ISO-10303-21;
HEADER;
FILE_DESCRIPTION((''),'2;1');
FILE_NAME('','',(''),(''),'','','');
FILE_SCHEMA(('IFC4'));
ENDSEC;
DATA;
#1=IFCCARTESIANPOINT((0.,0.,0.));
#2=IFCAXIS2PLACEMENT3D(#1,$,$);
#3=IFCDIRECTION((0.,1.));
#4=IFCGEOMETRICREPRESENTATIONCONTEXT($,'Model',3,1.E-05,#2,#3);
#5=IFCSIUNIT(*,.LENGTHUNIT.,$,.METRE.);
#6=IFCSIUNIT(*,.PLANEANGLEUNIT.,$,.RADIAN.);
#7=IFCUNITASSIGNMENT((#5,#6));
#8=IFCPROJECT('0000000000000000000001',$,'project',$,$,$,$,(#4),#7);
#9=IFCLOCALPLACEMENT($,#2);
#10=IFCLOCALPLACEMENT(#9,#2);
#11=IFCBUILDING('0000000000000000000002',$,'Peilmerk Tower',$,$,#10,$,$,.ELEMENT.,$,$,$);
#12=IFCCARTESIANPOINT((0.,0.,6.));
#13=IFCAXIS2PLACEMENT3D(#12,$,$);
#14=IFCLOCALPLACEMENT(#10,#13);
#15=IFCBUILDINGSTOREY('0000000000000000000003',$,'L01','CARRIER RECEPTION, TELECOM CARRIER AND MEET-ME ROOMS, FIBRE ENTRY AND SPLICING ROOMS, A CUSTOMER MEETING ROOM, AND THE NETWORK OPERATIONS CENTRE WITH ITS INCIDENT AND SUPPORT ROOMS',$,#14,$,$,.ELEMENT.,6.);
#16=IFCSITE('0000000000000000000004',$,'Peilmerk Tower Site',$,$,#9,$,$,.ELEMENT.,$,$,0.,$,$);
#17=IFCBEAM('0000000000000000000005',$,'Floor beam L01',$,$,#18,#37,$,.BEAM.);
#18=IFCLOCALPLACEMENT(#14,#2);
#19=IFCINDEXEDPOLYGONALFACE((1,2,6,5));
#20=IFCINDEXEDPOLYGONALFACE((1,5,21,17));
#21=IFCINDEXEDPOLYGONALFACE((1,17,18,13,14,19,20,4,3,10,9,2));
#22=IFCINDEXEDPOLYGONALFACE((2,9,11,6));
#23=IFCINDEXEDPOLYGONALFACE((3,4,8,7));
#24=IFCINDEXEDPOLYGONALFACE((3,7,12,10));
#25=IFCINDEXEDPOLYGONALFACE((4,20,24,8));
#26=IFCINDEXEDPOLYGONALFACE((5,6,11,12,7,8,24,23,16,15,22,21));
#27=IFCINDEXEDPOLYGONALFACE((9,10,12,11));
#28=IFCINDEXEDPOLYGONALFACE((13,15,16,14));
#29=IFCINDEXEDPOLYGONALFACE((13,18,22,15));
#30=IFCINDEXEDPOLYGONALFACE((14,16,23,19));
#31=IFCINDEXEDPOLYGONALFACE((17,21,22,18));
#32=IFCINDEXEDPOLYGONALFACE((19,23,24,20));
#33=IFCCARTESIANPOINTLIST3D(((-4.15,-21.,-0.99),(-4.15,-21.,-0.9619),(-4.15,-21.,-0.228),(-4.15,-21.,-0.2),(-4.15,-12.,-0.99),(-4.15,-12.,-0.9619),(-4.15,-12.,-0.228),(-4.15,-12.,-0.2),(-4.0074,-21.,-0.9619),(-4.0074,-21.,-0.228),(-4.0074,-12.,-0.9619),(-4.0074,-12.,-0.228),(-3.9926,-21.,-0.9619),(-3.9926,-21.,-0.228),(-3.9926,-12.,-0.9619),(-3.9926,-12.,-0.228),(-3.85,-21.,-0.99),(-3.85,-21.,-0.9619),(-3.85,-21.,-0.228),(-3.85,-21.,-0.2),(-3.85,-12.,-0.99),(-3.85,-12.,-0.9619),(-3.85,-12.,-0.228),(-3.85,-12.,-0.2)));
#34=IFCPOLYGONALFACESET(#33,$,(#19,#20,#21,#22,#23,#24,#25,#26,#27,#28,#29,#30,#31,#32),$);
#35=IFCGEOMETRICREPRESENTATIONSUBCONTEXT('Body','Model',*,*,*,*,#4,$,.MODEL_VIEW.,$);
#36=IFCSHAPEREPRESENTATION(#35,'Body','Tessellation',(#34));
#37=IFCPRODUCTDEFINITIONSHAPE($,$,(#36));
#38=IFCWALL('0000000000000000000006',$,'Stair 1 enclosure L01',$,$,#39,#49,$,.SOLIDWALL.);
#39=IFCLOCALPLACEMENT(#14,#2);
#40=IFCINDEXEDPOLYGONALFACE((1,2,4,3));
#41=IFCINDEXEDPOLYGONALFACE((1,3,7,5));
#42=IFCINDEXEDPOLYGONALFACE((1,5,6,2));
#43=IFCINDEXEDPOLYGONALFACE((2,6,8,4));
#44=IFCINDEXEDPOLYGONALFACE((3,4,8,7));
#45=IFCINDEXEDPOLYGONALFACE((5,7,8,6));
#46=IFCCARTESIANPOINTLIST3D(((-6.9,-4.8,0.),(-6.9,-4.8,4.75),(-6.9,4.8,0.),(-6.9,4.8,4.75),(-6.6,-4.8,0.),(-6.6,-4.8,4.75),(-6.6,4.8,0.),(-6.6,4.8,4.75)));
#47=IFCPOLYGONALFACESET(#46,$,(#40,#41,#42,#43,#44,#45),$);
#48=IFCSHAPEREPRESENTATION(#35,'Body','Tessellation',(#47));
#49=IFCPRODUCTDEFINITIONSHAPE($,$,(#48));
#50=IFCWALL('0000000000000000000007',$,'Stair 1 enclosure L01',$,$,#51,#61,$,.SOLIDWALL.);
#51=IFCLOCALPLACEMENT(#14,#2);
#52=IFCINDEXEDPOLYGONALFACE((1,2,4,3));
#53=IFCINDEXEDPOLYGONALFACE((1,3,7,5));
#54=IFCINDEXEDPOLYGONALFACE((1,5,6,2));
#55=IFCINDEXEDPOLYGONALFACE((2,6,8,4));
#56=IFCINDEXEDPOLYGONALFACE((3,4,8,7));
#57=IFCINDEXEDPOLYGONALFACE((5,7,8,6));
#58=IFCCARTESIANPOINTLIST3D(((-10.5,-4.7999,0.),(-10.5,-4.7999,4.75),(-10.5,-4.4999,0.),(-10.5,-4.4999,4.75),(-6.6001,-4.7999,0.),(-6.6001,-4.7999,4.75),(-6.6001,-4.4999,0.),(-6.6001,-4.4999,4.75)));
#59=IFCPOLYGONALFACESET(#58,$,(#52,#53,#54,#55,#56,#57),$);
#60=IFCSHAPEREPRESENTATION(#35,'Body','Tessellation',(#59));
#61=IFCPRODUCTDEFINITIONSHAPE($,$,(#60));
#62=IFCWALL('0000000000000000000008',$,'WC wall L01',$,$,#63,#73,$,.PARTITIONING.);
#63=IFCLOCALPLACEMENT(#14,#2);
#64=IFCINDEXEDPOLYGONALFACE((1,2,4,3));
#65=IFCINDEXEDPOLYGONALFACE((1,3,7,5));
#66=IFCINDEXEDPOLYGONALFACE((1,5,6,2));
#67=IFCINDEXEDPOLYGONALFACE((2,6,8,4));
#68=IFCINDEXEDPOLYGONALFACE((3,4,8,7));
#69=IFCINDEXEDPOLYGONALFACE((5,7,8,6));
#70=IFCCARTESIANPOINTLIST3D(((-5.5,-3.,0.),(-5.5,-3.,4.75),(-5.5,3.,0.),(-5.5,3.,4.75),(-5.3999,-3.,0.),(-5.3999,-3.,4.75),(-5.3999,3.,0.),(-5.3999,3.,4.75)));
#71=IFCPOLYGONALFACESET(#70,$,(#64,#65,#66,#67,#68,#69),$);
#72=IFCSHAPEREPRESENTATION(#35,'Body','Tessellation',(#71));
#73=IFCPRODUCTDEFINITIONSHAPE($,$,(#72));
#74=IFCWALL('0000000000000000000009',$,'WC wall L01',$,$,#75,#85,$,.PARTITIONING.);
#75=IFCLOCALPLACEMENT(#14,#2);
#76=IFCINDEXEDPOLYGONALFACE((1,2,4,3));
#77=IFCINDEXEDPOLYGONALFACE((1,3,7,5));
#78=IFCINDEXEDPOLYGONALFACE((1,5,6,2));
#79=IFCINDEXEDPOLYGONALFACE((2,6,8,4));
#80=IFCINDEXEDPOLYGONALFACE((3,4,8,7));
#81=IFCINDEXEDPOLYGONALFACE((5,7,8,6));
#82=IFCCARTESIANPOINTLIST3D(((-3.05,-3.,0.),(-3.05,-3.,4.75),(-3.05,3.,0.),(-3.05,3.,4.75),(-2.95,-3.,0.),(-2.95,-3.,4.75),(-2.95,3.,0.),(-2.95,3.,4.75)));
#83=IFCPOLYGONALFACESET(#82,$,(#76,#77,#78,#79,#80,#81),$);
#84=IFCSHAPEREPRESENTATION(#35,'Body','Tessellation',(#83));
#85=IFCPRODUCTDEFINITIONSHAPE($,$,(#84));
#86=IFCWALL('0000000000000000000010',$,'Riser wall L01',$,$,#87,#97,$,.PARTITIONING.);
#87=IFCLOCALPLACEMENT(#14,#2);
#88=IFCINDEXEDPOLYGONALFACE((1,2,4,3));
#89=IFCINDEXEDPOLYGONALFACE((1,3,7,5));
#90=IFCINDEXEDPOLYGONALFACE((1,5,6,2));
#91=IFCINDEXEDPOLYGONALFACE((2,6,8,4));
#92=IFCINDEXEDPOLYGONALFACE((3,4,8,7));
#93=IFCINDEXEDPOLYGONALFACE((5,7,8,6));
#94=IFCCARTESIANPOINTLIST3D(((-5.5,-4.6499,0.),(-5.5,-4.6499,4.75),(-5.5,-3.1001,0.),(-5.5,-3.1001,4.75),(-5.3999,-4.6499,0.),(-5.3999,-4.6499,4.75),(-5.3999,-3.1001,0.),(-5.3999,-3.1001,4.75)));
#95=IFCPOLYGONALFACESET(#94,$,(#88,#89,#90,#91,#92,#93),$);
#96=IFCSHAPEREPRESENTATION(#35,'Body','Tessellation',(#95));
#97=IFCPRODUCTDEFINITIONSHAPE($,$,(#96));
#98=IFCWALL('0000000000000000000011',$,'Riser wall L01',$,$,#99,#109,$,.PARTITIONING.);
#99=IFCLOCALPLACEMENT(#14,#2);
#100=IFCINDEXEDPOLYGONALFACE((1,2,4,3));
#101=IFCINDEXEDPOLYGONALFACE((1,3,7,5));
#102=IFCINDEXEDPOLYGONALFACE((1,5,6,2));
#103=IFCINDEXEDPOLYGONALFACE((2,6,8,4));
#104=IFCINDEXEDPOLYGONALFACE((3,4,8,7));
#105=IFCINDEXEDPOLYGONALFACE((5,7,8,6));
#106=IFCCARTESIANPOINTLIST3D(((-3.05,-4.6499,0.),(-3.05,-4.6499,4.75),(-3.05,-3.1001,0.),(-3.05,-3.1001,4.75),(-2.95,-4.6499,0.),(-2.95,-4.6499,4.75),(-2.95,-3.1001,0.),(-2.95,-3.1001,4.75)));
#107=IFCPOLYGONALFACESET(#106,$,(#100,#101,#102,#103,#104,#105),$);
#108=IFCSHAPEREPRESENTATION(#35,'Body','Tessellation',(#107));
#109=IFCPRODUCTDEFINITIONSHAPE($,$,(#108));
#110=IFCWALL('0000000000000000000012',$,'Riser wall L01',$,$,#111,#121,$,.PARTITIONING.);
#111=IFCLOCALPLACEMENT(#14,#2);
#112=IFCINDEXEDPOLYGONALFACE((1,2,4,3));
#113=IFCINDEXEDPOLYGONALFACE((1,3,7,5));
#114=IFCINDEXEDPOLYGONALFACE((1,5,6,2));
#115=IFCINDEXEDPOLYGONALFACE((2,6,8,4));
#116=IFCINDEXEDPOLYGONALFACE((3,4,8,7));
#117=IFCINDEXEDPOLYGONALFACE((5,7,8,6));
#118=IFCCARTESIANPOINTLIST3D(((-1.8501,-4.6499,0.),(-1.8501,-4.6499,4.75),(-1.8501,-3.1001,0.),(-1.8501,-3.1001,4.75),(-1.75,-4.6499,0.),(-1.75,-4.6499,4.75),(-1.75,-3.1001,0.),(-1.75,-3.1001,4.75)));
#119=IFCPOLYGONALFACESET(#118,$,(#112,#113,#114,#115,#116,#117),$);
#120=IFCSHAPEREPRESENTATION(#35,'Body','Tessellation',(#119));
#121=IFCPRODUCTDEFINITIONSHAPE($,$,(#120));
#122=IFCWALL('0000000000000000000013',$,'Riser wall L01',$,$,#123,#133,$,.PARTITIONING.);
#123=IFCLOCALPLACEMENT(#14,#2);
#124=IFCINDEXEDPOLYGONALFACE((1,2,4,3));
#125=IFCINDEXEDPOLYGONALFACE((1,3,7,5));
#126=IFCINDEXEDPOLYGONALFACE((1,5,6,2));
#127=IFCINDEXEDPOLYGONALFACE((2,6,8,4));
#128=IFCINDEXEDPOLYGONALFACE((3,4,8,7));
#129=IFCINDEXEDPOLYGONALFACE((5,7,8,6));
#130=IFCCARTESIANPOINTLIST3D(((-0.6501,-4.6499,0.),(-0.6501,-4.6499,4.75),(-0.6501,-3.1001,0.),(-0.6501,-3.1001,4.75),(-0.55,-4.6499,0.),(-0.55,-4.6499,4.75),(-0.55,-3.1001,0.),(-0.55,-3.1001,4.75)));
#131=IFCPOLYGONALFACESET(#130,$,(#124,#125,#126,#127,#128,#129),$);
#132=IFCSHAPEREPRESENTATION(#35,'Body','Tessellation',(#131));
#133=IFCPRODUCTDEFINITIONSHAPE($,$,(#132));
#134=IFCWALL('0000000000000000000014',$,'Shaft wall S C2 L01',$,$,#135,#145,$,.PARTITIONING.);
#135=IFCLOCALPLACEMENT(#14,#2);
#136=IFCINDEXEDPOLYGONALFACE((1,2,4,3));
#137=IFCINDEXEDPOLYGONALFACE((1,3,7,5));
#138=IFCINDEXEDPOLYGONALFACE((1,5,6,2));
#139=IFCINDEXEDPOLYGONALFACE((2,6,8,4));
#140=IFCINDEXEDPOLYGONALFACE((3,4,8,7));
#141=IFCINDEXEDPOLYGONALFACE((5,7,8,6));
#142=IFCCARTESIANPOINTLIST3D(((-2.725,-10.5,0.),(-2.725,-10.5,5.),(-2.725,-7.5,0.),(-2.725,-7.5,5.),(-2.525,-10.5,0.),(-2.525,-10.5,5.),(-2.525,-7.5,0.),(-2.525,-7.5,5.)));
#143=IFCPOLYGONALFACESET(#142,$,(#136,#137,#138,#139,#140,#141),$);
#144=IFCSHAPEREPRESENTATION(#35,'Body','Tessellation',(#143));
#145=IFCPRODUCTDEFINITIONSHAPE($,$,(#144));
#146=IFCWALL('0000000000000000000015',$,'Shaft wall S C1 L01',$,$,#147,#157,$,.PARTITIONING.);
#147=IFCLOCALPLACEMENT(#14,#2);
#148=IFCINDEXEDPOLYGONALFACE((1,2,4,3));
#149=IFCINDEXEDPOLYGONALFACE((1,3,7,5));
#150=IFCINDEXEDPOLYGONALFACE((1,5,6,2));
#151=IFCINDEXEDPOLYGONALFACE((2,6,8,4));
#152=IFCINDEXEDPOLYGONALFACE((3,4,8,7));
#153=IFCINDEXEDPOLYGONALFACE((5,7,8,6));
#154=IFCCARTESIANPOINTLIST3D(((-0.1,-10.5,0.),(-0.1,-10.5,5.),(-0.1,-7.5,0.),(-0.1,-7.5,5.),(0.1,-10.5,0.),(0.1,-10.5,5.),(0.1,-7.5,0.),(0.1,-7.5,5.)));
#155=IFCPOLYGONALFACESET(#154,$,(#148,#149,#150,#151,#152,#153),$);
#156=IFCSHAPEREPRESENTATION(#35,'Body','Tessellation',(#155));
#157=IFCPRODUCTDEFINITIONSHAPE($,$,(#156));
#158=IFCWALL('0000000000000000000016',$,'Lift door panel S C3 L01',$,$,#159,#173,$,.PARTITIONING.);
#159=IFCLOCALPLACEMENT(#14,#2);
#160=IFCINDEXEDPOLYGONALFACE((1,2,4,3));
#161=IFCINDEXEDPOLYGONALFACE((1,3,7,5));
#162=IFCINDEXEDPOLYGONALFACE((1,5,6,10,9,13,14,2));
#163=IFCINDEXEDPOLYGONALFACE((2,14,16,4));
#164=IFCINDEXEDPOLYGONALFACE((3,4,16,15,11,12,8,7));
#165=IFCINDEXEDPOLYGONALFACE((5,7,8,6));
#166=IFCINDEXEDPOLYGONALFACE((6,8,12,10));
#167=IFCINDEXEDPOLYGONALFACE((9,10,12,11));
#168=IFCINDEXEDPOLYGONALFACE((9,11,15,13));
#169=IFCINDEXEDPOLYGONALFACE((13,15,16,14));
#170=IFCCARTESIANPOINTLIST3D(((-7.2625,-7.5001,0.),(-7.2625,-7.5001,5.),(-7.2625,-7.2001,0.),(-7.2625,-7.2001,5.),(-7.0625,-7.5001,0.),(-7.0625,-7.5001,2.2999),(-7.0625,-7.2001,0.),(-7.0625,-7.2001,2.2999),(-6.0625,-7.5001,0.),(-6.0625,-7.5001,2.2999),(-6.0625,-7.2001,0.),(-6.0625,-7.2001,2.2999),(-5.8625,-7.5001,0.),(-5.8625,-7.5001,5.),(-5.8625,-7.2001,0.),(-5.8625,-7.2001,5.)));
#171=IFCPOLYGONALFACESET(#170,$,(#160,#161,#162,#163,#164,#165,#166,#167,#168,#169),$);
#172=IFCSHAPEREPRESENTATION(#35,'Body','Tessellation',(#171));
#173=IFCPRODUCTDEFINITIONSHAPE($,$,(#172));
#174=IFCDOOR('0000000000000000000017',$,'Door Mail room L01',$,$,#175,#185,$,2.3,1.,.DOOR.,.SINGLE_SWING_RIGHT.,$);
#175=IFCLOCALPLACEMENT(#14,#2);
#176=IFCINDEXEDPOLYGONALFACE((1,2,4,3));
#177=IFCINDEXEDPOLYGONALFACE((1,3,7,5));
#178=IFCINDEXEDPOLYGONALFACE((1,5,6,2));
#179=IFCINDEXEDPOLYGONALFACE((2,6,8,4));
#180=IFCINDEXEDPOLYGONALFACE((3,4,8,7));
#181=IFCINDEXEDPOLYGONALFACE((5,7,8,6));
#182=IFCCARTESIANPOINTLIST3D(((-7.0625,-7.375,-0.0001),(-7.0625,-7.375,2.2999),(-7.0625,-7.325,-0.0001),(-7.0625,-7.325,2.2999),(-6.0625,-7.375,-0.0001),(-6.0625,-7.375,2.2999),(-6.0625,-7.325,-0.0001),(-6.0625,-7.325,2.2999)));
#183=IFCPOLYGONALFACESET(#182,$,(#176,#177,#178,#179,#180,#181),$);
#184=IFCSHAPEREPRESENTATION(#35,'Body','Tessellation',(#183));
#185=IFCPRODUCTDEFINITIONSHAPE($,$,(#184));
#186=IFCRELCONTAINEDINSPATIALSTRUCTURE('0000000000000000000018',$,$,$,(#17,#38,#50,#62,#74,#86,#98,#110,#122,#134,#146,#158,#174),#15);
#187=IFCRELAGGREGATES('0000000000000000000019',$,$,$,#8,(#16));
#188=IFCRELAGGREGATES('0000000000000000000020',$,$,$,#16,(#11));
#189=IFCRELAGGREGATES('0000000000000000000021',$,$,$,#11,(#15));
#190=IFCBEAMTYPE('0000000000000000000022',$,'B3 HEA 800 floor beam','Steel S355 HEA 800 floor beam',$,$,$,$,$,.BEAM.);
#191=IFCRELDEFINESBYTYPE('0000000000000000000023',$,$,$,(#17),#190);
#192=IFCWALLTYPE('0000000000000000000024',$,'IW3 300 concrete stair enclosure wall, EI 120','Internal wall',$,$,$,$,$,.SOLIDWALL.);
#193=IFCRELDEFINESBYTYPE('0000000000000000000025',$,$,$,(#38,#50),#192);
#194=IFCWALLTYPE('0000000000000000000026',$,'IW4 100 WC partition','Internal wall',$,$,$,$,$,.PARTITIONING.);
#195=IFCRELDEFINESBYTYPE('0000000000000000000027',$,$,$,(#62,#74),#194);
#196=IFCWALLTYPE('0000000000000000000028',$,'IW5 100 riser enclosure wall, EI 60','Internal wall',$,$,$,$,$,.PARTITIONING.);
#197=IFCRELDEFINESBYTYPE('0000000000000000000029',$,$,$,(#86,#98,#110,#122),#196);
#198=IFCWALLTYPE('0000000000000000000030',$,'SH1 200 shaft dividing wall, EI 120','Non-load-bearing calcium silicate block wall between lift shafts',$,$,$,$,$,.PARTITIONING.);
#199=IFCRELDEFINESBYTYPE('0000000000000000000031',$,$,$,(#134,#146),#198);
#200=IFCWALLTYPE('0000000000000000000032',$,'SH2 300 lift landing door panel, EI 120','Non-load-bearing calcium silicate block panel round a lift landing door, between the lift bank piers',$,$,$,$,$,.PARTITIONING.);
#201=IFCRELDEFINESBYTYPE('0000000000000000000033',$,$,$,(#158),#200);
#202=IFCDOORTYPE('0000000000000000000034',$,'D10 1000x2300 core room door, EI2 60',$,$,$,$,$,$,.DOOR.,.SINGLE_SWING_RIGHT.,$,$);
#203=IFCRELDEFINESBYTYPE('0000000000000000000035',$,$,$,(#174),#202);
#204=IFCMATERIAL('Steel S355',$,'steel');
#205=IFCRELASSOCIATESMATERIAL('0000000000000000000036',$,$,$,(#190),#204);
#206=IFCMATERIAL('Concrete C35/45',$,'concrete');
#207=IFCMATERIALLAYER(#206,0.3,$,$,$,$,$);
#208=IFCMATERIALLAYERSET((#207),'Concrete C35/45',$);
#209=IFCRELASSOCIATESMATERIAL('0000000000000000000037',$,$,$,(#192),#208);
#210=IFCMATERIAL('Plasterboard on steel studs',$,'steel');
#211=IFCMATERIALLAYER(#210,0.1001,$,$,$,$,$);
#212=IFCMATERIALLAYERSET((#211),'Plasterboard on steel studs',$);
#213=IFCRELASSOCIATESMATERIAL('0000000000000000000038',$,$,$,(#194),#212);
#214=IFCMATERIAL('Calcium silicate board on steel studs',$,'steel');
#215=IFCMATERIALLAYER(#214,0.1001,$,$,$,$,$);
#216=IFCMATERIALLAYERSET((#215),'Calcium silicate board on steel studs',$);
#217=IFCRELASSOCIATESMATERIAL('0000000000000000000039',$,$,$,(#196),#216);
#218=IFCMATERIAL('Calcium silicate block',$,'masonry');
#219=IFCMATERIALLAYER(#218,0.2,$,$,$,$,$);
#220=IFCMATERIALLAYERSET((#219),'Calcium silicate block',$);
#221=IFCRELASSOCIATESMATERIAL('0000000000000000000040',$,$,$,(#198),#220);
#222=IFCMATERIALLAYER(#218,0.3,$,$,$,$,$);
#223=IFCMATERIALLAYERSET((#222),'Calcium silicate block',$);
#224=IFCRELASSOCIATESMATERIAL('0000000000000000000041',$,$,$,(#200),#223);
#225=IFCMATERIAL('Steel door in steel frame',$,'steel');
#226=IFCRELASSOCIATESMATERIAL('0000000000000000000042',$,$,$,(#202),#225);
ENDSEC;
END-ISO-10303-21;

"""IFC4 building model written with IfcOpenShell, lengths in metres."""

from ifc_helpers import new_model, si_unit, direction, frame, frame_2d, origin, origin_2d, place, context, subcontext, project, spatial, rectangle, i_section, extrude, material, layer, layer_set, material_profile, profile_set, type_object, element, fill, save


model = new_model("IFC4")

# Units and contexts
model_context = context("Model", 3, precision=1e-05, world=origin(), true_north=direction((0.0, 1.0)))
body_context = subcontext(model_context, "Body", "Model", "MODEL_VIEW")
ifc_project = project(units=[si_unit("LENGTHUNIT", "METRE"), si_unit("PLANEANGLEUNIT", "RADIAN")], contexts=[model_context])

# Site, building, storey
site_placement = place(None, origin())
site = spatial("IfcSite", under=ifc_project, at=site_placement, Name="Peilmerk Tower Site", CompositionType="ELEMENT", RefElevation=0.0)
building_placement = place(site_placement, origin())
building = spatial("IfcBuilding", under=site, at=building_placement, Name="Peilmerk Tower", CompositionType="ELEMENT")
storey_placement = place(building_placement, frame((0.0, 0.0, 6.0)))
storey = spatial("IfcBuildingStorey", under=building, at=storey_placement, Name="L01", Description="CARRIER RECEPTION, TELECOM CARRIER AND MEET-ME ROOMS, FIBRE ENTRY AND SPLICING ROOMS, A CUSTOMER MEETING ROOM, AND THE NETWORK OPERATIONS CENTRE WITH ITS INCIDENT AND SUPPORT ROOMS", CompositionType="ELEMENT", Elevation=6.0)

# Beam
ifc_material_1 = material(Name="Steel S355", Category="steel")
ifc_material_profile = material_profile(ifc_material_1, i_section(OverallWidth=0.3, OverallDepth=0.79, WebThickness=0.0149, FlangeThickness=0.0281, at=origin_2d()), Name="HEA 800")
ifc_profile_set = profile_set([ifc_material_profile], Name="Steel S355")
beam_type = type_object("IfcBeamType", Name="B3 HEA 800 floor beam", Description="Steel S355 HEA 800 floor beam", PredefinedType="BEAM", material=ifc_profile_set)
beam_placement = place(storey_placement, frame((-4.0, -12.0, -0.595), z_axis=(0.0, -1.0, 0.0), x_axis=(1.0, 0.0, 0.0)))
element("IfcBeam", 1, at=beam_placement, inside=storey, type_object=beam_type, Name="Floor beam L01", PredefinedType="BEAM", context=body_context, shape_type="SweptSolid", body=[
    extrude(i_section(OverallWidth=0.3, OverallDepth=0.79, WebThickness=0.0149, FlangeThickness=0.0281, at=origin_2d()), origin(), (0.0, 0.0, 1.0), 9.0),
])

# Walls
ifc_material_2 = material(Name="Concrete C35/45", Category="concrete")
ifc_layer_1 = layer(ifc_material_2, 0.3)
ifc_layer_set_1 = layer_set([ifc_layer_1], Name="Concrete C35/45")
wall_type_1 = type_object("IfcWallType", Name="IW3 300 concrete stair enclosure wall, EI 120", Description="Internal wall", PredefinedType="SOLIDWALL", material=ifc_layer_set_1)
wall_1_placement = place(storey_placement, frame((-6.75, -4.8, 0.0), z_axis=(0.0, 0.0, 1.0), x_axis=(0.0, 1.0, 0.0)))
element("IfcWall", 2, at=wall_1_placement, inside=storey, type_object=wall_type_1, Name="Stair 1 enclosure L01", PredefinedType="SOLIDWALL", context=body_context, shape_type="SweptSolid", body=[
    extrude(rectangle(XDim=9.6001, YDim=0.3, at=frame_2d((4.8, 0.0))), origin(), (0.0, 0.0, 1.0), 4.75),
])
wall_2_placement = place(storey_placement, frame((-6.6001, -4.6499, 0.0), z_axis=(0.0, 0.0, 1.0), x_axis=(-1.0, 0.0, 0.0)))
element("IfcWall", 3, at=wall_2_placement, inside=storey, type_object=wall_type_1, Name="Stair 1 enclosure L01", PredefinedType="SOLIDWALL", context=body_context, shape_type="SweptSolid", body=[
    extrude(rectangle(XDim=3.8999, YDim=0.3, at=frame_2d((1.95, 0.0))), origin(), (0.0, 0.0, 1.0), 4.75),
])
ifc_material_3 = material(Name="Plasterboard on steel studs", Category="steel")
ifc_layer_2 = layer(ifc_material_3, 0.1001)
ifc_layer_set_2 = layer_set([ifc_layer_2], Name="Plasterboard on steel studs")
wall_type_2 = type_object("IfcWallType", Name="IW4 100 WC partition", Description="Internal wall", PredefinedType="PARTITIONING", material=ifc_layer_set_2)
for number, where, z_axis, x_axis, name in (
    (4, (-5.45, -3.0, 0.0), (0.0, 0.0, 1.0), (0.0, 1.0, 0.0), "WC wall L01"),
    (5, (-3.0, -3.0, 0.0), (0.0, 0.0, 1.0), (0.0, 1.0, 0.0), "WC wall L01"),
):
    element("IfcWall", number, at=place(storey_placement, frame(where, z_axis=z_axis, x_axis=x_axis)), inside=storey, type_object=wall_type_2, Name=name, PredefinedType="PARTITIONING", context=body_context, shape_type="SweptSolid", body=[
        extrude(rectangle(XDim=6.0, YDim=0.1001, at=frame_2d((3.0, 0.0))), origin(), (0.0, 0.0, 1.0), 4.75),
    ])
ifc_material_4 = material(Name="Calcium silicate board on steel studs", Category="steel")
ifc_layer_3 = layer(ifc_material_4, 0.1001)
ifc_layer_set_3 = layer_set([ifc_layer_3], Name="Calcium silicate board on steel studs")
wall_type_3 = type_object("IfcWallType", Name="IW5 100 riser enclosure wall, EI 60", Description="Internal wall", PredefinedType="PARTITIONING", material=ifc_layer_set_3)
for number, where, z_axis, x_axis, name in (
    (6, (-5.45, -3.1001, 0.0), (0.0, 0.0, 1.0), (0.0, -1.0, 0.0), "Riser wall L01"),
    (7, (-3.0, -3.1001, 0.0), (0.0, 0.0, 1.0), (0.0, -1.0, 0.0), "Riser wall L01"),
    (8, (-1.8, -3.1001, 0.0), (0.0, 0.0, 1.0), (0.0, -1.0, 0.0), "Riser wall L01"),
    (9, (-0.6001, -3.1001, 0.0), (0.0, 0.0, 1.0), (0.0, -1.0, 0.0), "Riser wall L01"),
):
    element("IfcWall", number, at=place(storey_placement, frame(where, z_axis=z_axis, x_axis=x_axis)), inside=storey, type_object=wall_type_3, Name=name, PredefinedType="PARTITIONING", context=body_context, shape_type="SweptSolid", body=[
        extrude(rectangle(XDim=1.5498, YDim=0.1001, at=frame_2d((0.7749, 0.0))), origin(), (0.0, 0.0, 1.0), 4.75),
    ])
ifc_material_5 = material(Name="Calcium silicate block", Category="masonry")
ifc_layer_4 = layer(ifc_material_5, 0.2)
ifc_layer_set_4 = layer_set([ifc_layer_4], Name="Calcium silicate block")
wall_type_4 = type_object("IfcWallType", Name="SH1 200 shaft dividing wall, EI 120", Description="Non-load-bearing calcium silicate block wall between lift shafts", PredefinedType="PARTITIONING", material=ifc_layer_set_4)
for number, where, z_axis, x_axis, name in (
    (10, (-2.625, -10.5, 0.0), (0.0, 0.0, 1.0), (0.0, 1.0, 0.0), "Shaft wall S C2 L01"),
    (11, (0.0, -10.5, 0.0), (0.0, 0.0, 1.0), (0.0, 1.0, 0.0), "Shaft wall S C1 L01"),
):
    element("IfcWall", number, at=place(storey_placement, frame(where, z_axis=z_axis, x_axis=x_axis)), inside=storey, type_object=wall_type_4, Name=name, PredefinedType="PARTITIONING", context=body_context, shape_type="SweptSolid", body=[
        extrude(rectangle(XDim=3.0, YDim=0.2, at=frame_2d((1.5, 0.0))), origin(), (0.0, 0.0, 1.0), 5.0),
    ])

# Wall, opening, door
ifc_layer_5 = layer(ifc_material_5, 0.3)
ifc_layer_set_5 = layer_set([ifc_layer_5], Name="Calcium silicate block")
wall_type_5 = type_object("IfcWallType", Name="SH2 300 lift landing door panel, EI 120", Description="Non-load-bearing calcium silicate block panel round a lift landing door, between the lift bank piers", PredefinedType="PARTITIONING", material=ifc_layer_set_5)
wall_3_placement = place(storey_placement, frame((-7.2625, -7.3501, 0.0), z_axis=(0.0, 0.0, 1.0), x_axis=(1.0, 0.0, 0.0)))
wall_3 = element("IfcWall", 12, at=wall_3_placement, inside=storey, type_object=wall_type_5, Name="Lift door panel S C3 L01", PredefinedType="PARTITIONING", context=body_context, shape_type="SweptSolid", body=[
    extrude(rectangle(XDim=1.3999, YDim=0.3, at=frame_2d((0.7, 0.0))), origin(), (0.0, 0.0, 1.0), 5.0),
])
opening_1_placement = place(wall_3_placement, frame((0.2, 0.0, 0.0)))
opening_1 = element("IfcOpeningElement", 13, at=opening_1_placement, cuts=wall_3, PredefinedType="OPENING", context=body_context, shape_type="SweptSolid", body=[
    extrude(rectangle(XDim=1.0, YDim=2.3, at=frame_2d((0.5, 1.1499))), frame((0.0, 0.1599, 0.0), z_axis=(0.0, -1.0, 0.0), x_axis=(1.0, 0.0, 0.0)), (0.0, 0.0, 1.0), 0.3201),
])
ifc_material_6 = material(Name="Steel door in steel frame", Category="steel")
door_type = type_object("IfcDoorType", Name="D10 1000x2300 core room door, EI2 60", OperationType="SINGLE_SWING_RIGHT", PredefinedType="DOOR", material=ifc_material_6)
door_1_placement = place(opening_1_placement, frame((1.0, 0.0, 0.0), z_axis=(0.0, 0.0, 1.0), x_axis=(-1.0, 0.0, 0.0)))
door_1 = element("IfcDoor", 14, at=door_1_placement, inside=storey, type_object=door_type, Name="Door Mail room L01", OperationType="SINGLE_SWING_RIGHT", OverallHeight=2.3, OverallWidth=1.0, PredefinedType="DOOR", context=body_context, shape_type="SweptSolid", body=[
    extrude(rectangle(XDim=1.0, YDim=2.3, at=frame_2d((0.5, 1.1499))), frame((0.0, 0.0249, 0.0), z_axis=(0.0, -1.0, 0.0), x_axis=(1.0, 0.0, 0.0)), (0.0, 0.0, 1.0), 0.05),
])
fill(opening_1, door_1)

save(model, "model.ifc")
